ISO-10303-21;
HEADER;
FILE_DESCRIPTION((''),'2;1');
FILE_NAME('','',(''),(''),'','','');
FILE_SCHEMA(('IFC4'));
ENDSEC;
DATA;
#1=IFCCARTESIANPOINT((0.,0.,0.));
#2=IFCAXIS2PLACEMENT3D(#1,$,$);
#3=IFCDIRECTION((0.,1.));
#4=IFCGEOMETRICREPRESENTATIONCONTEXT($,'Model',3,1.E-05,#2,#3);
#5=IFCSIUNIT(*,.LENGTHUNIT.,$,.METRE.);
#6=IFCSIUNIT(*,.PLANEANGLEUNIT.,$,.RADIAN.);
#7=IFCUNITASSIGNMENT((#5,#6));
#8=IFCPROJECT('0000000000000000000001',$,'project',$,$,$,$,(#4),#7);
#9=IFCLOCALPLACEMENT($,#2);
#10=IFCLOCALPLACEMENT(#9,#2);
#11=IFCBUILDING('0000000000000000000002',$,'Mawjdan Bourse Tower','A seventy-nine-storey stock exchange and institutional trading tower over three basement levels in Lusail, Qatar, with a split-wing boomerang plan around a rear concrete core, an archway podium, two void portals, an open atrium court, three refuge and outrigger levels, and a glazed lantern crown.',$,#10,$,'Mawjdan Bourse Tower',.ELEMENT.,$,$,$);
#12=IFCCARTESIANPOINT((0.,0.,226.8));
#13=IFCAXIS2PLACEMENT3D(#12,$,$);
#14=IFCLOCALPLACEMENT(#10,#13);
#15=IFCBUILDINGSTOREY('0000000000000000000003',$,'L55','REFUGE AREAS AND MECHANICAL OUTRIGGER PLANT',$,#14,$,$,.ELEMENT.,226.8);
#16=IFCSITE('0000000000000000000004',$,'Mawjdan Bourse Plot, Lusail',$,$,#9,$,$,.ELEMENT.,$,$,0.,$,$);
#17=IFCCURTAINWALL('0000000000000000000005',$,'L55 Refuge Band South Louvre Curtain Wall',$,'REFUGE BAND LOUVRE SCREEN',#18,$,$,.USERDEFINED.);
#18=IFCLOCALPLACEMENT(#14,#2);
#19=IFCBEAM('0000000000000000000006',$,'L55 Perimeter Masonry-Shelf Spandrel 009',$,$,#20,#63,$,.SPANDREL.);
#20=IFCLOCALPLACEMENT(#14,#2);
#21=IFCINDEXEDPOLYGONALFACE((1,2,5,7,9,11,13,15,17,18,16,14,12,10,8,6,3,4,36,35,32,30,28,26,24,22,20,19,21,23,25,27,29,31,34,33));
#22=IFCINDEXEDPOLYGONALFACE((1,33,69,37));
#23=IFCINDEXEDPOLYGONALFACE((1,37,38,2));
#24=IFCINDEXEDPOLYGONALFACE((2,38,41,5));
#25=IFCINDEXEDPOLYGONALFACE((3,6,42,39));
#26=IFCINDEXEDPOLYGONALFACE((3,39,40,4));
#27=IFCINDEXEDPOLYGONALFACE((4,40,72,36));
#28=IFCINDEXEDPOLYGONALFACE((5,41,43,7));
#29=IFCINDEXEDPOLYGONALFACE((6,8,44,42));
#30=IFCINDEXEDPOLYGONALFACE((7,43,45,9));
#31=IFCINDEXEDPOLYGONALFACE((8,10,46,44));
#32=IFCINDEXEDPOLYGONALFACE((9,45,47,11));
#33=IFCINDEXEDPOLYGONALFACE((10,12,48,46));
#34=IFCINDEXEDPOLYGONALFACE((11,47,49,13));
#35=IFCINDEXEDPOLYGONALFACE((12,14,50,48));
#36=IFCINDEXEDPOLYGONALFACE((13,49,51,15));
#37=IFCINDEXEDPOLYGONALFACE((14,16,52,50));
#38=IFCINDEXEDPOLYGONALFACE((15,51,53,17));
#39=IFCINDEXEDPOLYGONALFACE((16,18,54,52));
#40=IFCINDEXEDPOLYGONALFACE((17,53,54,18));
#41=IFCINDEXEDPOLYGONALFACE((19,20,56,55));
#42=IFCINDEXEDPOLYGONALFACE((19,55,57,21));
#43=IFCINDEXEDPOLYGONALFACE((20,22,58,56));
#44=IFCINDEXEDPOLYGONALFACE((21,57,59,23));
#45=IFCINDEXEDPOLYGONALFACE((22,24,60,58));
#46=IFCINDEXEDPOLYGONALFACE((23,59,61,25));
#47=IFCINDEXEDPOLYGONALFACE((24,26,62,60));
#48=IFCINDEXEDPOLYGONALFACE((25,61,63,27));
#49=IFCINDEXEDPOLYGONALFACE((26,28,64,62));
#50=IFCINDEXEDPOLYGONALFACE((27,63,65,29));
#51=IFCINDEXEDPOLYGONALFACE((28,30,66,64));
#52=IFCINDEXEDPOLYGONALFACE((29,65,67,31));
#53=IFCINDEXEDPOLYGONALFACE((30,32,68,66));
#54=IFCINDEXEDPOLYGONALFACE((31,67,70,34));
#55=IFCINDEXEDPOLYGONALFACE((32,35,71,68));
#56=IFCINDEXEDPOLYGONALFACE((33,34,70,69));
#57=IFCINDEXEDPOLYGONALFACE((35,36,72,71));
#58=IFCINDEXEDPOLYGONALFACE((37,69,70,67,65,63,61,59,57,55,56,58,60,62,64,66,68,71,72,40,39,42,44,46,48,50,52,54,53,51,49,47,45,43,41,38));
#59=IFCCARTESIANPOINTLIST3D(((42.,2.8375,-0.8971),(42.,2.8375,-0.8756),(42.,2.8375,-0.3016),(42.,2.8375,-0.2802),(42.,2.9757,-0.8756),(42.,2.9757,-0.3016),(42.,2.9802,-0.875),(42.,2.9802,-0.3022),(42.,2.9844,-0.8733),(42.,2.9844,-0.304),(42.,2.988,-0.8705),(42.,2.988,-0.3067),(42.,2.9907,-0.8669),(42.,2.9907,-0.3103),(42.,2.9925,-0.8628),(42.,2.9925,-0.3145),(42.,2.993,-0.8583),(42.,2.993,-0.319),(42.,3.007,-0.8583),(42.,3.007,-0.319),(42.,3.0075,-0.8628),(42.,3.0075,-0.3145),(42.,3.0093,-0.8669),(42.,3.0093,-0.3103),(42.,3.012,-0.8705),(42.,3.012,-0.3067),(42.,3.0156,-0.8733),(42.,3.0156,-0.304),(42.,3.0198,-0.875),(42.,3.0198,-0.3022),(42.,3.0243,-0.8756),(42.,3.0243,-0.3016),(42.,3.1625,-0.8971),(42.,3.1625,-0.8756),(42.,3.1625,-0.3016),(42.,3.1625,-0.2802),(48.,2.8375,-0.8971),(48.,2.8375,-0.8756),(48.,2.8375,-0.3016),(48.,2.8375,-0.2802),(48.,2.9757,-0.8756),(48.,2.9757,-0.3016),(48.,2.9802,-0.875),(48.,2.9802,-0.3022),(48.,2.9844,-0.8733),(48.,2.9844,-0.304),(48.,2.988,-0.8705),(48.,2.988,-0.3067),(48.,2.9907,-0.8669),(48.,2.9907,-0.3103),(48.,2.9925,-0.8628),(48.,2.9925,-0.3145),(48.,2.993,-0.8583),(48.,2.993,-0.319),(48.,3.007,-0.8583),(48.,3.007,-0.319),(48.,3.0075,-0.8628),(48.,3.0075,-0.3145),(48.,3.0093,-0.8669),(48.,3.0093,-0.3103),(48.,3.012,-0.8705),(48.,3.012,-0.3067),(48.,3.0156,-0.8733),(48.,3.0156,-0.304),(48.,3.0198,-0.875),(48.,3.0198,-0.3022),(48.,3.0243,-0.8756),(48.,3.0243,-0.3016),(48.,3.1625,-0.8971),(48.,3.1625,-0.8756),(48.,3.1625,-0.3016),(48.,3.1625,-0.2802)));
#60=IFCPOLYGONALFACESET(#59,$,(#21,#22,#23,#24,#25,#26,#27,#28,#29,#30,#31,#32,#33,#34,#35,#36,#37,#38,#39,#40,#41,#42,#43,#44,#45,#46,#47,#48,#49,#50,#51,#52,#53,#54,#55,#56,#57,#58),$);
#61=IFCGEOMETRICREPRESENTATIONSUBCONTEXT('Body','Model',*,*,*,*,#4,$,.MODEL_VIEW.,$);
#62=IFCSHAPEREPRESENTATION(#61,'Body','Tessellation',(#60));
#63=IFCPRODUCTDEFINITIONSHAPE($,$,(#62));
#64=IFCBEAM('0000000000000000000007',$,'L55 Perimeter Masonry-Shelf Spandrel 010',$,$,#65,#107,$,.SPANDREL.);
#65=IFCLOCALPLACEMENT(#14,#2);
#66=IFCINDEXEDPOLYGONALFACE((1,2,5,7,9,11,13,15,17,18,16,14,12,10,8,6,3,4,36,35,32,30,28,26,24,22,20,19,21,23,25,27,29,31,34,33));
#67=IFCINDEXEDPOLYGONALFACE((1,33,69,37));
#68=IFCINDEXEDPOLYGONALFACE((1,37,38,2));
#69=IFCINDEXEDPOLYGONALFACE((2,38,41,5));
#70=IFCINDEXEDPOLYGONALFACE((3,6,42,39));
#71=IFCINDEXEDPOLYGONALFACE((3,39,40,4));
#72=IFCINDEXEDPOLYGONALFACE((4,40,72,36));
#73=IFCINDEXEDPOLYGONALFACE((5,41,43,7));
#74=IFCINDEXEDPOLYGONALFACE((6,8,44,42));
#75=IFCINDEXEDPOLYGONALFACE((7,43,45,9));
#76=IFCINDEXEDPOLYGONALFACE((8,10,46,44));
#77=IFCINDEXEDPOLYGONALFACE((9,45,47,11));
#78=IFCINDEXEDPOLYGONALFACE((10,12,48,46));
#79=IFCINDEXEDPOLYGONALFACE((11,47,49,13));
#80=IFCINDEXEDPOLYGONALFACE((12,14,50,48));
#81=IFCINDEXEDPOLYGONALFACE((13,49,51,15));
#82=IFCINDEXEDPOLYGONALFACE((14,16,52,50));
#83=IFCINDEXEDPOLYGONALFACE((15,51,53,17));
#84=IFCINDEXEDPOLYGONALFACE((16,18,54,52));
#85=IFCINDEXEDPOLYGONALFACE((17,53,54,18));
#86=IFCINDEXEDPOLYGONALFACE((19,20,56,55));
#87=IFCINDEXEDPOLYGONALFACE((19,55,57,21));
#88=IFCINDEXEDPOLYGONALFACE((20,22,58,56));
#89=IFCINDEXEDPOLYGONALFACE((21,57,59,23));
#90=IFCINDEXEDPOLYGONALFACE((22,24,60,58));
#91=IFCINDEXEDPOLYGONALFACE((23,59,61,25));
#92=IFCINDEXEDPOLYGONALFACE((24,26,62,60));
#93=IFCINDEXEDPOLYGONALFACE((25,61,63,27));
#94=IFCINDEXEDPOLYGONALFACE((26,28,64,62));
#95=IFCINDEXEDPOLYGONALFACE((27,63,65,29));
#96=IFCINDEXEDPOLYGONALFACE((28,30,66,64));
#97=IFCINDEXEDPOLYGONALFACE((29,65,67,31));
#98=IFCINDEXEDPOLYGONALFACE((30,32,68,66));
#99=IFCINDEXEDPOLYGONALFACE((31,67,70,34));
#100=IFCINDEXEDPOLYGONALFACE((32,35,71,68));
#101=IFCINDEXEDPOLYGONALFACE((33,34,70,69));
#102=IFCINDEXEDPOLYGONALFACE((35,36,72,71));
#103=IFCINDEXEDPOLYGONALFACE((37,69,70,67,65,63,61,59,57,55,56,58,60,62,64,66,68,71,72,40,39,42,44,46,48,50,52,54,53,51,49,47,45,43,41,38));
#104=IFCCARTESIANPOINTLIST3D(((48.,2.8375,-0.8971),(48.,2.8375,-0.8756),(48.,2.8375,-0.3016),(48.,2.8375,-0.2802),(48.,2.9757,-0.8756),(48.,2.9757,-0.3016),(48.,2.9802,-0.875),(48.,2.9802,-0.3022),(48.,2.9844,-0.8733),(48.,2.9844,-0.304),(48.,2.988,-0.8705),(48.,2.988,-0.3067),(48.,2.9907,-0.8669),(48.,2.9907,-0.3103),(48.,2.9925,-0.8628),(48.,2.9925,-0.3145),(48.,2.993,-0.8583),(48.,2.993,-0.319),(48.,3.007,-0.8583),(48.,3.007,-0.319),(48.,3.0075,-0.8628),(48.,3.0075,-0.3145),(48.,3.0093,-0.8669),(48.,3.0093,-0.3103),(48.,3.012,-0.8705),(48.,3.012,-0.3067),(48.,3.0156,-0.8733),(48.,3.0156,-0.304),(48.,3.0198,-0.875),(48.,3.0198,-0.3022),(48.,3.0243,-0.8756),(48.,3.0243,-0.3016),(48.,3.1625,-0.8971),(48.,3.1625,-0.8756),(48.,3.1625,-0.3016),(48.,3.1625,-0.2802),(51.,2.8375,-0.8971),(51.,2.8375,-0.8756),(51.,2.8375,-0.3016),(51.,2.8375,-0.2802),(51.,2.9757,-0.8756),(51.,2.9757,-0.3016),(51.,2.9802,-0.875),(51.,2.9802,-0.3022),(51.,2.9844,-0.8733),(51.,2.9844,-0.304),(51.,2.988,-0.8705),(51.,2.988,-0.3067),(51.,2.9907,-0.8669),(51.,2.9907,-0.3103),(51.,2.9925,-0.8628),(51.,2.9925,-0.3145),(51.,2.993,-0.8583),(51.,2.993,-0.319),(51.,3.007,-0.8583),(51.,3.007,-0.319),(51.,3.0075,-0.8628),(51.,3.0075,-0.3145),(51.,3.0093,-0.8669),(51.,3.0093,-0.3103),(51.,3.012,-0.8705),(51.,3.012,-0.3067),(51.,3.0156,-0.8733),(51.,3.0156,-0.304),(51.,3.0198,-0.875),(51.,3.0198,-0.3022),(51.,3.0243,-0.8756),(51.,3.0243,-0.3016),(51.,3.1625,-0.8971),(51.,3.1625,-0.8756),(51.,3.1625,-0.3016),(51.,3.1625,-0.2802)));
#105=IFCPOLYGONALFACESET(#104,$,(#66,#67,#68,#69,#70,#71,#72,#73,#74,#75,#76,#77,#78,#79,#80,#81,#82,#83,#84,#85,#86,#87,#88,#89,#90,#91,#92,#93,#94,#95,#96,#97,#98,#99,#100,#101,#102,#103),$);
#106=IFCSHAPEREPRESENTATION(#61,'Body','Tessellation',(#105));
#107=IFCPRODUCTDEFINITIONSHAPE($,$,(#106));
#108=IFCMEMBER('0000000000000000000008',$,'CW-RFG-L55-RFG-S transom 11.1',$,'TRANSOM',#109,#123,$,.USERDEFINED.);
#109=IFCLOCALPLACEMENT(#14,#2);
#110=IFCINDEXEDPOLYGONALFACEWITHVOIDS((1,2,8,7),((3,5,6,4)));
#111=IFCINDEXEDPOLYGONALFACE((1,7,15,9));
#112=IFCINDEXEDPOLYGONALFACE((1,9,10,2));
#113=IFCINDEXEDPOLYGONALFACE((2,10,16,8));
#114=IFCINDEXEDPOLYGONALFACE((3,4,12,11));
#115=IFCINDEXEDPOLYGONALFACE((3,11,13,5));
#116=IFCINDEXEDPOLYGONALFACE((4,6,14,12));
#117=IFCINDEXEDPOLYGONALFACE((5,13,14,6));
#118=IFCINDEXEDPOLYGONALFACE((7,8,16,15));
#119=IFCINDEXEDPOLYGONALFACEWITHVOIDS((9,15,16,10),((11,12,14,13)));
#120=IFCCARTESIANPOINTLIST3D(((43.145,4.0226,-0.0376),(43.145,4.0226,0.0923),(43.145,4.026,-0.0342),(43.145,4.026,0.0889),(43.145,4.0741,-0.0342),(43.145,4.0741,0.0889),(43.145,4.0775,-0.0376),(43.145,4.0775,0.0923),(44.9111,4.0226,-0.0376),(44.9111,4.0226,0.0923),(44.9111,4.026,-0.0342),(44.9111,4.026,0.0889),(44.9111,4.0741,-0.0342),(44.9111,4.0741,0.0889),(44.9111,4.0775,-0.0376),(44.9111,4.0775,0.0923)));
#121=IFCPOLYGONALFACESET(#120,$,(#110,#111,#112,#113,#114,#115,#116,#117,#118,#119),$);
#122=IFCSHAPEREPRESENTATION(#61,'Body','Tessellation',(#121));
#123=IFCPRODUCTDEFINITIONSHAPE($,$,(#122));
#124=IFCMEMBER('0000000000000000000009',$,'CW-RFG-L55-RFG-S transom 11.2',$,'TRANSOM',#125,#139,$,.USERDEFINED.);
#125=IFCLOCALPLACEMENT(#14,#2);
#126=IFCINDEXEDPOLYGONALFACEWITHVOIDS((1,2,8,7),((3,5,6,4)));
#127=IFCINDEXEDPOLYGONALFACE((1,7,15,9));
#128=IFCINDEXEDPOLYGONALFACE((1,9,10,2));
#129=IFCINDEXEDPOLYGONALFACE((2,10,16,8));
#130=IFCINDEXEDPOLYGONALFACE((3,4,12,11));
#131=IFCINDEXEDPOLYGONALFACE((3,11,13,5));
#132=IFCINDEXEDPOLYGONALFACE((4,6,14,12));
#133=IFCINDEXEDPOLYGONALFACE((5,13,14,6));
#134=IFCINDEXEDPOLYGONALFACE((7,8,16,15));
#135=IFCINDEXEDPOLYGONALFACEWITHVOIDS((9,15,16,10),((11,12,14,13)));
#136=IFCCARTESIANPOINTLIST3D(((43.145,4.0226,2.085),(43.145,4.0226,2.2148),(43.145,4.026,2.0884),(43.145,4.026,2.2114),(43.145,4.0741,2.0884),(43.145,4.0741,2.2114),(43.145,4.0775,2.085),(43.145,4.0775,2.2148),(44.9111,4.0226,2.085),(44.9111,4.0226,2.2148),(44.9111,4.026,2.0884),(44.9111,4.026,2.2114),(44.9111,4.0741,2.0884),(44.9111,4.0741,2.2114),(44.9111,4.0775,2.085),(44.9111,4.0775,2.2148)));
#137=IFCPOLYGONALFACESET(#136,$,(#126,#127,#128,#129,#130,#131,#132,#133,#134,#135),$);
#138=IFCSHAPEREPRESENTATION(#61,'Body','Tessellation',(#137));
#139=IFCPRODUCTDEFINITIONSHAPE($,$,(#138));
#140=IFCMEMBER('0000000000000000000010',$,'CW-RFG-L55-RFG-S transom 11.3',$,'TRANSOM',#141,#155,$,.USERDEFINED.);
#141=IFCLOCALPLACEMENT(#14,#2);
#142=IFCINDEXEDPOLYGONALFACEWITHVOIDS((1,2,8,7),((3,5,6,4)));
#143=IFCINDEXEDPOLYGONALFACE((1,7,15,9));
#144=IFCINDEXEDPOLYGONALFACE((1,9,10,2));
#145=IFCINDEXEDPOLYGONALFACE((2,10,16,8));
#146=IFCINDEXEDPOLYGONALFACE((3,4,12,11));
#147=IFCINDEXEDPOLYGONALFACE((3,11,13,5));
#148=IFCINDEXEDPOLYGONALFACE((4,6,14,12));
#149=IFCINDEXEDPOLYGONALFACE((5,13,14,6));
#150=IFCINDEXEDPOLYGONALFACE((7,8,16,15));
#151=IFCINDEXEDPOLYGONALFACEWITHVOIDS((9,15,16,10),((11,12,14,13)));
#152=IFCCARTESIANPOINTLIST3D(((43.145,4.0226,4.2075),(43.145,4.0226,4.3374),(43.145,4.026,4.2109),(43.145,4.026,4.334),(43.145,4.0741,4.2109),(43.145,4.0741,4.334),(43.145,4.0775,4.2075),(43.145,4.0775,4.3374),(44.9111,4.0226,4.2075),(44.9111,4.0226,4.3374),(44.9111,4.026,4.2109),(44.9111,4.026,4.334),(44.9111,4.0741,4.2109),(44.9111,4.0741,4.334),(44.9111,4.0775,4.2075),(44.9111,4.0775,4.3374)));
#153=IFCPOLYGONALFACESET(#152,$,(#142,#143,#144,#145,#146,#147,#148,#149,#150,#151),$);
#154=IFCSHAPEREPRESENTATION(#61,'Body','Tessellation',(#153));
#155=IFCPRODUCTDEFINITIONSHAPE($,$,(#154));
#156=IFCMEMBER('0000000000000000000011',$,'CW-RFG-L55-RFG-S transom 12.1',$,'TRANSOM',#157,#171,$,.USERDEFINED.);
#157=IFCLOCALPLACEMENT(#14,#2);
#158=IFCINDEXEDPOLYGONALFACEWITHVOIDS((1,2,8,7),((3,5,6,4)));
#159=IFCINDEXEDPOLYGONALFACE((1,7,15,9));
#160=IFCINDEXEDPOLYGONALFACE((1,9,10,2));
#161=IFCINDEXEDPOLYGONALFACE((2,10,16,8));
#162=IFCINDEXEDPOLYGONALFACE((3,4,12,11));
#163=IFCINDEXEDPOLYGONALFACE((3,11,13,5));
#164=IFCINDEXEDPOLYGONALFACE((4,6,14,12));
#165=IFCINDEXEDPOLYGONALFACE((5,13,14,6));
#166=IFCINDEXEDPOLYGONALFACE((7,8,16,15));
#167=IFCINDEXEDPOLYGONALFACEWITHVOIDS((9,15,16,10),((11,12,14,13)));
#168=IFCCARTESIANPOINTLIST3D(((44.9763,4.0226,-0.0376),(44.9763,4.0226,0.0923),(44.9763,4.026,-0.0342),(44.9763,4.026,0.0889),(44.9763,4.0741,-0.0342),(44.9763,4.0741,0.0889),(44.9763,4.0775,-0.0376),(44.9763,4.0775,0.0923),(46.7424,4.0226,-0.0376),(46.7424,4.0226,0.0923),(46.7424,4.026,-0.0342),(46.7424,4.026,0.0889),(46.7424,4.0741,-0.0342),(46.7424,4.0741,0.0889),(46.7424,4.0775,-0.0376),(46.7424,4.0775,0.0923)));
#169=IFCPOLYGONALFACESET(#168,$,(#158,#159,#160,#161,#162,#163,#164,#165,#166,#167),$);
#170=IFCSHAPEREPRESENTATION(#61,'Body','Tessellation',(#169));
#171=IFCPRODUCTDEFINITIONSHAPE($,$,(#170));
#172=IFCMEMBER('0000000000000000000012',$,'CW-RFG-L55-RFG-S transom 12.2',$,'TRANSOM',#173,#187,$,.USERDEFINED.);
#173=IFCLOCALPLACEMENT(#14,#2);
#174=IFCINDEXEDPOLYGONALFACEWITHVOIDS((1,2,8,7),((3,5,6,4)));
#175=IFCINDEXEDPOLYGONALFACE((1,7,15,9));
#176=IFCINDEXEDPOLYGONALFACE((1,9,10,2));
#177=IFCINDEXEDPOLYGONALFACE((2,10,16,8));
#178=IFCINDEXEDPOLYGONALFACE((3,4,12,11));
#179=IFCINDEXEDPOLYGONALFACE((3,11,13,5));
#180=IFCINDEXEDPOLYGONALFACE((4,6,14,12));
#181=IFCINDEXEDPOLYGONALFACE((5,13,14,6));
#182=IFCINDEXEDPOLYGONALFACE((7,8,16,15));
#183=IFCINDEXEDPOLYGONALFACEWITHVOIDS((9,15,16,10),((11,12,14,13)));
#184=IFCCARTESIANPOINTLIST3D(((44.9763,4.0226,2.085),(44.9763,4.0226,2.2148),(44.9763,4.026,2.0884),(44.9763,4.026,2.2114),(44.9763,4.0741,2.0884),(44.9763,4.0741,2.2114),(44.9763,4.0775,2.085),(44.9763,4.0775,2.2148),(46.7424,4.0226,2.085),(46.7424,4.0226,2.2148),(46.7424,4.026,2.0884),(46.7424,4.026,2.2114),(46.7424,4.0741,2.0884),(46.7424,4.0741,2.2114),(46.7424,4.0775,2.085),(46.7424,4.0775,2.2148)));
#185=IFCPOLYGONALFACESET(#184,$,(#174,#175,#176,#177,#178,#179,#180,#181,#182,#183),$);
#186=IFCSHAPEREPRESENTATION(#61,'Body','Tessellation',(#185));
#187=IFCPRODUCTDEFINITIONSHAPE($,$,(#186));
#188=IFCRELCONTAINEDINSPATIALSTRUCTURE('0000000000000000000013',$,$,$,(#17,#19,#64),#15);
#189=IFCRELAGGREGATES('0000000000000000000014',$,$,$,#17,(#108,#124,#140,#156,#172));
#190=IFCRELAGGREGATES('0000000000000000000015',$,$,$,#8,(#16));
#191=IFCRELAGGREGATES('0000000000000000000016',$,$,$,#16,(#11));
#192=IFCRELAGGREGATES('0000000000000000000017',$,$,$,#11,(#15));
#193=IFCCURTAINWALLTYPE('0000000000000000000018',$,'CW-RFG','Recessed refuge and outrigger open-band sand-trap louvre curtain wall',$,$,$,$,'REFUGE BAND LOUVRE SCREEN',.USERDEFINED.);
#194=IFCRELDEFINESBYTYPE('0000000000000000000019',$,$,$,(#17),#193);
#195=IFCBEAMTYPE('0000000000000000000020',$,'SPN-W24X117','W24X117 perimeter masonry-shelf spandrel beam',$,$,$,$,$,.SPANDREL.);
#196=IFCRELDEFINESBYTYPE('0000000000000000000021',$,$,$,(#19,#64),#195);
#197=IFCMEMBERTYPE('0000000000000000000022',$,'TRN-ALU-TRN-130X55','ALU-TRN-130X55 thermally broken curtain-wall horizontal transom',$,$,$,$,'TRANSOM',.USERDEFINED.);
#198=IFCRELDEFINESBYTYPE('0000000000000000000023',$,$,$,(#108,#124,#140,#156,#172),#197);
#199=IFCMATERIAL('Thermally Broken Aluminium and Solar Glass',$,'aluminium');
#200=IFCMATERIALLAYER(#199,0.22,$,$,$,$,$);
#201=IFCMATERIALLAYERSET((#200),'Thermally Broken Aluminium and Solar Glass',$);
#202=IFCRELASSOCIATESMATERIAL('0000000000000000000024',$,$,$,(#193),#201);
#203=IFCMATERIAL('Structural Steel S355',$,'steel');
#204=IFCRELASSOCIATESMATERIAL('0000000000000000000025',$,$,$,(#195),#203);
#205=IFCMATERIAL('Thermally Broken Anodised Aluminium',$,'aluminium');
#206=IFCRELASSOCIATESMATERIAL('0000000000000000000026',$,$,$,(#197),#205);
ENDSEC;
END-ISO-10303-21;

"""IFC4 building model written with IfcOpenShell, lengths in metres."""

from ifc_helpers import new_model, si_unit, direction, frame, origin, origin_2d, place, context, subcontext, project, spatial, hollow_rectangle, i_section, extrude, material, layer, layer_set, material_profile, profile_set, type_object, element, aggregate, save


model = new_model("IFC4")

# Units and contexts
model_context = context("Model", 3, precision=1e-05, world=origin(), true_north=direction((0.0, 1.0)))
body_context = subcontext(model_context, "Body", "Model", "MODEL_VIEW")
ifc_project = project(units=[si_unit("LENGTHUNIT", "METRE"), si_unit("PLANEANGLEUNIT", "RADIAN")], contexts=[model_context])

# Site, building, storey
site_placement = place(None, origin())
site = spatial("IfcSite", under=ifc_project, at=site_placement, Name="Mawjdan Bourse Plot, Lusail", CompositionType="ELEMENT", RefElevation=0.0)
building_placement = place(site_placement, origin())
building = spatial("IfcBuilding", under=site, at=building_placement, Name="Mawjdan Bourse Tower", Description="A seventy-nine-storey stock exchange and institutional trading tower over three basement levels in Lusail, Qatar, with a split-wing boomerang plan around a rear concrete core, an archway podium, two void portals, an open atrium court, three refuge and outrigger levels, and a glazed lantern crown.", LongName="Mawjdan Bourse Tower", CompositionType="ELEMENT")
storey_placement = place(building_placement, frame((0.0, 0.0, 226.8)))
storey = spatial("IfcBuildingStorey", under=building, at=storey_placement, Name="L55", Description="REFUGE AREAS AND MECHANICAL OUTRIGGER PLANT", CompositionType="ELEMENT", Elevation=226.8)

# Shared definitions
ifc_material_1 = material(Name="Structural Steel S355", Category="steel")

# Curtain wall
ifc_material_2 = material(Name="Thermally Broken Aluminium and Solar Glass", Category="aluminium")
ifc_layer_1 = layer(ifc_material_2, 0.22)
ifc_layer_set_1 = layer_set([ifc_layer_1], Name="Thermally Broken Aluminium and Solar Glass")
curtain_wall_type = type_object("IfcCurtainWallType", Name="CW-RFG", Description="Recessed refuge and outrigger open-band sand-trap louvre curtain wall", ElementType="REFUGE BAND LOUVRE SCREEN", PredefinedType="USERDEFINED", material=ifc_layer_set_1)
curtain_wall_placement = place(storey_placement, origin())
curtain_wall = element("IfcCurtainWall", 1, at=curtain_wall_placement, inside=storey, type_object=curtain_wall_type, Name="L55 Refuge Band South Louvre Curtain Wall", ObjectType="REFUGE BAND LOUVRE SCREEN", PredefinedType="USERDEFINED")
ifc_material_3 = material(Name="Thermally Broken Anodised Aluminium", Category="aluminium")

# Beams
ifc_material_profile_1 = material_profile(ifc_material_1, i_section(OverallWidth=0.325, OverallDepth=0.6169, WebThickness=0.0139, FlangeThickness=0.0215, FilletRadius=0.0173, at=origin_2d()), Name="W24X117")
ifc_profile_set_1 = profile_set([ifc_material_profile_1], Name="Structural Steel S355")
beam_type_1 = type_object("IfcBeamType", Name="SPN-W24X117", Description="W24X117 perimeter masonry-shelf spandrel beam", PredefinedType="SPANDREL", material=ifc_profile_set_1)
beam_1_placement = place(storey_placement, frame((42.0, 3.0, -0.5886), z_axis=(1.0, 0.0, 0.0), x_axis=(0.0, 1.0, 0.0)))
element("IfcBeam", 2, at=beam_1_placement, inside=storey, type_object=beam_type_1, Name="L55 Perimeter Masonry-Shelf Spandrel 009", PredefinedType="SPANDREL", context=body_context, shape_type="SweptSolid", body=[
    extrude(i_section(OverallWidth=0.325, OverallDepth=0.6169, WebThickness=0.0139, FlangeThickness=0.0215, FilletRadius=0.0173, at=origin_2d()), origin(), (0.0, 0.0, 1.0), 6.0),
])
beam_2_placement = place(storey_placement, frame((48.0, 3.0, -0.5886), z_axis=(1.0, 0.0, 0.0), x_axis=(0.0, 1.0, 0.0)))
element("IfcBeam", 3, at=beam_2_placement, inside=storey, type_object=beam_type_1, Name="L55 Perimeter Masonry-Shelf Spandrel 010", PredefinedType="SPANDREL", context=body_context, shape_type="SweptSolid", body=[
    extrude(i_section(OverallWidth=0.325, OverallDepth=0.6169, WebThickness=0.0139, FlangeThickness=0.0215, FilletRadius=0.0173, at=origin_2d()), origin(), (0.0, 0.0, 1.0), 3.0),
])

# Members
ifc_material_profile_2 = material_profile(ifc_material_3, hollow_rectangle(XDim=0.0549, YDim=0.1299, WallThickness=0.0034, at=origin_2d()), Name="ALU-TRN-130X55")
ifc_profile_set_2 = profile_set([ifc_material_profile_2], Name="Thermally Broken Anodised Aluminium")
member_type_1 = type_object("IfcMemberType", Name="TRN-ALU-TRN-130X55", Description="ALU-TRN-130X55 thermally broken curtain-wall horizontal transom", ElementType="TRANSOM", PredefinedType="USERDEFINED", material=ifc_profile_set_2)
member_1_placement = place(storey_placement, frame((43.145, 4.05, 0.0273), z_axis=(1.0, 0.0, 0.0), x_axis=(0.0, 1.0, 0.0)))
member_1 = element("IfcMember", 4, at=member_1_placement, type_object=member_type_1, Name="CW-RFG-L55-RFG-S transom 11.1", ObjectType="TRANSOM", PredefinedType="USERDEFINED", context=body_context, shape_type="SweptSolid", body=[
    extrude(hollow_rectangle(XDim=0.0549, YDim=0.1299, WallThickness=0.0034, at=origin_2d()), origin(), (0.0, 0.0, 1.0), 1.7661),
])
member_2_placement = place(storey_placement, frame((43.145, 4.05, 2.1499), z_axis=(1.0, 0.0, 0.0), x_axis=(0.0, 1.0, 0.0)))
member_2 = element("IfcMember", 5, at=member_2_placement, type_object=member_type_1, Name="CW-RFG-L55-RFG-S transom 11.2", ObjectType="TRANSOM", PredefinedType="USERDEFINED", context=body_context, shape_type="SweptSolid", body=[
    extrude(hollow_rectangle(XDim=0.0549, YDim=0.1299, WallThickness=0.0034, at=origin_2d()), origin(), (0.0, 0.0, 1.0), 1.7661),
])
member_3_placement = place(storey_placement, frame((43.145, 4.05, 4.2725), z_axis=(1.0, 0.0, 0.0), x_axis=(0.0, 1.0, 0.0)))
member_3 = element("IfcMember", 6, at=member_3_placement, type_object=member_type_1, Name="CW-RFG-L55-RFG-S transom 11.3", ObjectType="TRANSOM", PredefinedType="USERDEFINED", context=body_context, shape_type="SweptSolid", body=[
    extrude(hollow_rectangle(XDim=0.0549, YDim=0.1299, WallThickness=0.0034, at=origin_2d()), origin(), (0.0, 0.0, 1.0), 1.7661),
])
member_4_placement = place(storey_placement, frame((44.9763, 4.05, 0.0273), z_axis=(1.0, 0.0, 0.0), x_axis=(0.0, 1.0, 0.0)))
member_4 = element("IfcMember", 7, at=member_4_placement, type_object=member_type_1, Name="CW-RFG-L55-RFG-S transom 12.1", ObjectType="TRANSOM", PredefinedType="USERDEFINED", context=body_context, shape_type="SweptSolid", body=[
    extrude(hollow_rectangle(XDim=0.0549, YDim=0.1299, WallThickness=0.0034, at=origin_2d()), origin(), (0.0, 0.0, 1.0), 1.7661),
])
member_5_placement = place(storey_placement, frame((44.9763, 4.05, 2.1499), z_axis=(1.0, 0.0, 0.0), x_axis=(0.0, 1.0, 0.0)))
member_5 = element("IfcMember", 8, at=member_5_placement, type_object=member_type_1, Name="CW-RFG-L55-RFG-S transom 12.2", ObjectType="TRANSOM", PredefinedType="USERDEFINED", context=body_context, shape_type="SweptSolid", body=[
    extrude(hollow_rectangle(XDim=0.0549, YDim=0.1299, WallThickness=0.0034, at=origin_2d()), origin(), (0.0, 0.0, 1.0), 1.7661),
])

aggregate(curtain_wall, [member_1, member_2, member_3, member_4, member_5])

save(model, "model.ifc")
